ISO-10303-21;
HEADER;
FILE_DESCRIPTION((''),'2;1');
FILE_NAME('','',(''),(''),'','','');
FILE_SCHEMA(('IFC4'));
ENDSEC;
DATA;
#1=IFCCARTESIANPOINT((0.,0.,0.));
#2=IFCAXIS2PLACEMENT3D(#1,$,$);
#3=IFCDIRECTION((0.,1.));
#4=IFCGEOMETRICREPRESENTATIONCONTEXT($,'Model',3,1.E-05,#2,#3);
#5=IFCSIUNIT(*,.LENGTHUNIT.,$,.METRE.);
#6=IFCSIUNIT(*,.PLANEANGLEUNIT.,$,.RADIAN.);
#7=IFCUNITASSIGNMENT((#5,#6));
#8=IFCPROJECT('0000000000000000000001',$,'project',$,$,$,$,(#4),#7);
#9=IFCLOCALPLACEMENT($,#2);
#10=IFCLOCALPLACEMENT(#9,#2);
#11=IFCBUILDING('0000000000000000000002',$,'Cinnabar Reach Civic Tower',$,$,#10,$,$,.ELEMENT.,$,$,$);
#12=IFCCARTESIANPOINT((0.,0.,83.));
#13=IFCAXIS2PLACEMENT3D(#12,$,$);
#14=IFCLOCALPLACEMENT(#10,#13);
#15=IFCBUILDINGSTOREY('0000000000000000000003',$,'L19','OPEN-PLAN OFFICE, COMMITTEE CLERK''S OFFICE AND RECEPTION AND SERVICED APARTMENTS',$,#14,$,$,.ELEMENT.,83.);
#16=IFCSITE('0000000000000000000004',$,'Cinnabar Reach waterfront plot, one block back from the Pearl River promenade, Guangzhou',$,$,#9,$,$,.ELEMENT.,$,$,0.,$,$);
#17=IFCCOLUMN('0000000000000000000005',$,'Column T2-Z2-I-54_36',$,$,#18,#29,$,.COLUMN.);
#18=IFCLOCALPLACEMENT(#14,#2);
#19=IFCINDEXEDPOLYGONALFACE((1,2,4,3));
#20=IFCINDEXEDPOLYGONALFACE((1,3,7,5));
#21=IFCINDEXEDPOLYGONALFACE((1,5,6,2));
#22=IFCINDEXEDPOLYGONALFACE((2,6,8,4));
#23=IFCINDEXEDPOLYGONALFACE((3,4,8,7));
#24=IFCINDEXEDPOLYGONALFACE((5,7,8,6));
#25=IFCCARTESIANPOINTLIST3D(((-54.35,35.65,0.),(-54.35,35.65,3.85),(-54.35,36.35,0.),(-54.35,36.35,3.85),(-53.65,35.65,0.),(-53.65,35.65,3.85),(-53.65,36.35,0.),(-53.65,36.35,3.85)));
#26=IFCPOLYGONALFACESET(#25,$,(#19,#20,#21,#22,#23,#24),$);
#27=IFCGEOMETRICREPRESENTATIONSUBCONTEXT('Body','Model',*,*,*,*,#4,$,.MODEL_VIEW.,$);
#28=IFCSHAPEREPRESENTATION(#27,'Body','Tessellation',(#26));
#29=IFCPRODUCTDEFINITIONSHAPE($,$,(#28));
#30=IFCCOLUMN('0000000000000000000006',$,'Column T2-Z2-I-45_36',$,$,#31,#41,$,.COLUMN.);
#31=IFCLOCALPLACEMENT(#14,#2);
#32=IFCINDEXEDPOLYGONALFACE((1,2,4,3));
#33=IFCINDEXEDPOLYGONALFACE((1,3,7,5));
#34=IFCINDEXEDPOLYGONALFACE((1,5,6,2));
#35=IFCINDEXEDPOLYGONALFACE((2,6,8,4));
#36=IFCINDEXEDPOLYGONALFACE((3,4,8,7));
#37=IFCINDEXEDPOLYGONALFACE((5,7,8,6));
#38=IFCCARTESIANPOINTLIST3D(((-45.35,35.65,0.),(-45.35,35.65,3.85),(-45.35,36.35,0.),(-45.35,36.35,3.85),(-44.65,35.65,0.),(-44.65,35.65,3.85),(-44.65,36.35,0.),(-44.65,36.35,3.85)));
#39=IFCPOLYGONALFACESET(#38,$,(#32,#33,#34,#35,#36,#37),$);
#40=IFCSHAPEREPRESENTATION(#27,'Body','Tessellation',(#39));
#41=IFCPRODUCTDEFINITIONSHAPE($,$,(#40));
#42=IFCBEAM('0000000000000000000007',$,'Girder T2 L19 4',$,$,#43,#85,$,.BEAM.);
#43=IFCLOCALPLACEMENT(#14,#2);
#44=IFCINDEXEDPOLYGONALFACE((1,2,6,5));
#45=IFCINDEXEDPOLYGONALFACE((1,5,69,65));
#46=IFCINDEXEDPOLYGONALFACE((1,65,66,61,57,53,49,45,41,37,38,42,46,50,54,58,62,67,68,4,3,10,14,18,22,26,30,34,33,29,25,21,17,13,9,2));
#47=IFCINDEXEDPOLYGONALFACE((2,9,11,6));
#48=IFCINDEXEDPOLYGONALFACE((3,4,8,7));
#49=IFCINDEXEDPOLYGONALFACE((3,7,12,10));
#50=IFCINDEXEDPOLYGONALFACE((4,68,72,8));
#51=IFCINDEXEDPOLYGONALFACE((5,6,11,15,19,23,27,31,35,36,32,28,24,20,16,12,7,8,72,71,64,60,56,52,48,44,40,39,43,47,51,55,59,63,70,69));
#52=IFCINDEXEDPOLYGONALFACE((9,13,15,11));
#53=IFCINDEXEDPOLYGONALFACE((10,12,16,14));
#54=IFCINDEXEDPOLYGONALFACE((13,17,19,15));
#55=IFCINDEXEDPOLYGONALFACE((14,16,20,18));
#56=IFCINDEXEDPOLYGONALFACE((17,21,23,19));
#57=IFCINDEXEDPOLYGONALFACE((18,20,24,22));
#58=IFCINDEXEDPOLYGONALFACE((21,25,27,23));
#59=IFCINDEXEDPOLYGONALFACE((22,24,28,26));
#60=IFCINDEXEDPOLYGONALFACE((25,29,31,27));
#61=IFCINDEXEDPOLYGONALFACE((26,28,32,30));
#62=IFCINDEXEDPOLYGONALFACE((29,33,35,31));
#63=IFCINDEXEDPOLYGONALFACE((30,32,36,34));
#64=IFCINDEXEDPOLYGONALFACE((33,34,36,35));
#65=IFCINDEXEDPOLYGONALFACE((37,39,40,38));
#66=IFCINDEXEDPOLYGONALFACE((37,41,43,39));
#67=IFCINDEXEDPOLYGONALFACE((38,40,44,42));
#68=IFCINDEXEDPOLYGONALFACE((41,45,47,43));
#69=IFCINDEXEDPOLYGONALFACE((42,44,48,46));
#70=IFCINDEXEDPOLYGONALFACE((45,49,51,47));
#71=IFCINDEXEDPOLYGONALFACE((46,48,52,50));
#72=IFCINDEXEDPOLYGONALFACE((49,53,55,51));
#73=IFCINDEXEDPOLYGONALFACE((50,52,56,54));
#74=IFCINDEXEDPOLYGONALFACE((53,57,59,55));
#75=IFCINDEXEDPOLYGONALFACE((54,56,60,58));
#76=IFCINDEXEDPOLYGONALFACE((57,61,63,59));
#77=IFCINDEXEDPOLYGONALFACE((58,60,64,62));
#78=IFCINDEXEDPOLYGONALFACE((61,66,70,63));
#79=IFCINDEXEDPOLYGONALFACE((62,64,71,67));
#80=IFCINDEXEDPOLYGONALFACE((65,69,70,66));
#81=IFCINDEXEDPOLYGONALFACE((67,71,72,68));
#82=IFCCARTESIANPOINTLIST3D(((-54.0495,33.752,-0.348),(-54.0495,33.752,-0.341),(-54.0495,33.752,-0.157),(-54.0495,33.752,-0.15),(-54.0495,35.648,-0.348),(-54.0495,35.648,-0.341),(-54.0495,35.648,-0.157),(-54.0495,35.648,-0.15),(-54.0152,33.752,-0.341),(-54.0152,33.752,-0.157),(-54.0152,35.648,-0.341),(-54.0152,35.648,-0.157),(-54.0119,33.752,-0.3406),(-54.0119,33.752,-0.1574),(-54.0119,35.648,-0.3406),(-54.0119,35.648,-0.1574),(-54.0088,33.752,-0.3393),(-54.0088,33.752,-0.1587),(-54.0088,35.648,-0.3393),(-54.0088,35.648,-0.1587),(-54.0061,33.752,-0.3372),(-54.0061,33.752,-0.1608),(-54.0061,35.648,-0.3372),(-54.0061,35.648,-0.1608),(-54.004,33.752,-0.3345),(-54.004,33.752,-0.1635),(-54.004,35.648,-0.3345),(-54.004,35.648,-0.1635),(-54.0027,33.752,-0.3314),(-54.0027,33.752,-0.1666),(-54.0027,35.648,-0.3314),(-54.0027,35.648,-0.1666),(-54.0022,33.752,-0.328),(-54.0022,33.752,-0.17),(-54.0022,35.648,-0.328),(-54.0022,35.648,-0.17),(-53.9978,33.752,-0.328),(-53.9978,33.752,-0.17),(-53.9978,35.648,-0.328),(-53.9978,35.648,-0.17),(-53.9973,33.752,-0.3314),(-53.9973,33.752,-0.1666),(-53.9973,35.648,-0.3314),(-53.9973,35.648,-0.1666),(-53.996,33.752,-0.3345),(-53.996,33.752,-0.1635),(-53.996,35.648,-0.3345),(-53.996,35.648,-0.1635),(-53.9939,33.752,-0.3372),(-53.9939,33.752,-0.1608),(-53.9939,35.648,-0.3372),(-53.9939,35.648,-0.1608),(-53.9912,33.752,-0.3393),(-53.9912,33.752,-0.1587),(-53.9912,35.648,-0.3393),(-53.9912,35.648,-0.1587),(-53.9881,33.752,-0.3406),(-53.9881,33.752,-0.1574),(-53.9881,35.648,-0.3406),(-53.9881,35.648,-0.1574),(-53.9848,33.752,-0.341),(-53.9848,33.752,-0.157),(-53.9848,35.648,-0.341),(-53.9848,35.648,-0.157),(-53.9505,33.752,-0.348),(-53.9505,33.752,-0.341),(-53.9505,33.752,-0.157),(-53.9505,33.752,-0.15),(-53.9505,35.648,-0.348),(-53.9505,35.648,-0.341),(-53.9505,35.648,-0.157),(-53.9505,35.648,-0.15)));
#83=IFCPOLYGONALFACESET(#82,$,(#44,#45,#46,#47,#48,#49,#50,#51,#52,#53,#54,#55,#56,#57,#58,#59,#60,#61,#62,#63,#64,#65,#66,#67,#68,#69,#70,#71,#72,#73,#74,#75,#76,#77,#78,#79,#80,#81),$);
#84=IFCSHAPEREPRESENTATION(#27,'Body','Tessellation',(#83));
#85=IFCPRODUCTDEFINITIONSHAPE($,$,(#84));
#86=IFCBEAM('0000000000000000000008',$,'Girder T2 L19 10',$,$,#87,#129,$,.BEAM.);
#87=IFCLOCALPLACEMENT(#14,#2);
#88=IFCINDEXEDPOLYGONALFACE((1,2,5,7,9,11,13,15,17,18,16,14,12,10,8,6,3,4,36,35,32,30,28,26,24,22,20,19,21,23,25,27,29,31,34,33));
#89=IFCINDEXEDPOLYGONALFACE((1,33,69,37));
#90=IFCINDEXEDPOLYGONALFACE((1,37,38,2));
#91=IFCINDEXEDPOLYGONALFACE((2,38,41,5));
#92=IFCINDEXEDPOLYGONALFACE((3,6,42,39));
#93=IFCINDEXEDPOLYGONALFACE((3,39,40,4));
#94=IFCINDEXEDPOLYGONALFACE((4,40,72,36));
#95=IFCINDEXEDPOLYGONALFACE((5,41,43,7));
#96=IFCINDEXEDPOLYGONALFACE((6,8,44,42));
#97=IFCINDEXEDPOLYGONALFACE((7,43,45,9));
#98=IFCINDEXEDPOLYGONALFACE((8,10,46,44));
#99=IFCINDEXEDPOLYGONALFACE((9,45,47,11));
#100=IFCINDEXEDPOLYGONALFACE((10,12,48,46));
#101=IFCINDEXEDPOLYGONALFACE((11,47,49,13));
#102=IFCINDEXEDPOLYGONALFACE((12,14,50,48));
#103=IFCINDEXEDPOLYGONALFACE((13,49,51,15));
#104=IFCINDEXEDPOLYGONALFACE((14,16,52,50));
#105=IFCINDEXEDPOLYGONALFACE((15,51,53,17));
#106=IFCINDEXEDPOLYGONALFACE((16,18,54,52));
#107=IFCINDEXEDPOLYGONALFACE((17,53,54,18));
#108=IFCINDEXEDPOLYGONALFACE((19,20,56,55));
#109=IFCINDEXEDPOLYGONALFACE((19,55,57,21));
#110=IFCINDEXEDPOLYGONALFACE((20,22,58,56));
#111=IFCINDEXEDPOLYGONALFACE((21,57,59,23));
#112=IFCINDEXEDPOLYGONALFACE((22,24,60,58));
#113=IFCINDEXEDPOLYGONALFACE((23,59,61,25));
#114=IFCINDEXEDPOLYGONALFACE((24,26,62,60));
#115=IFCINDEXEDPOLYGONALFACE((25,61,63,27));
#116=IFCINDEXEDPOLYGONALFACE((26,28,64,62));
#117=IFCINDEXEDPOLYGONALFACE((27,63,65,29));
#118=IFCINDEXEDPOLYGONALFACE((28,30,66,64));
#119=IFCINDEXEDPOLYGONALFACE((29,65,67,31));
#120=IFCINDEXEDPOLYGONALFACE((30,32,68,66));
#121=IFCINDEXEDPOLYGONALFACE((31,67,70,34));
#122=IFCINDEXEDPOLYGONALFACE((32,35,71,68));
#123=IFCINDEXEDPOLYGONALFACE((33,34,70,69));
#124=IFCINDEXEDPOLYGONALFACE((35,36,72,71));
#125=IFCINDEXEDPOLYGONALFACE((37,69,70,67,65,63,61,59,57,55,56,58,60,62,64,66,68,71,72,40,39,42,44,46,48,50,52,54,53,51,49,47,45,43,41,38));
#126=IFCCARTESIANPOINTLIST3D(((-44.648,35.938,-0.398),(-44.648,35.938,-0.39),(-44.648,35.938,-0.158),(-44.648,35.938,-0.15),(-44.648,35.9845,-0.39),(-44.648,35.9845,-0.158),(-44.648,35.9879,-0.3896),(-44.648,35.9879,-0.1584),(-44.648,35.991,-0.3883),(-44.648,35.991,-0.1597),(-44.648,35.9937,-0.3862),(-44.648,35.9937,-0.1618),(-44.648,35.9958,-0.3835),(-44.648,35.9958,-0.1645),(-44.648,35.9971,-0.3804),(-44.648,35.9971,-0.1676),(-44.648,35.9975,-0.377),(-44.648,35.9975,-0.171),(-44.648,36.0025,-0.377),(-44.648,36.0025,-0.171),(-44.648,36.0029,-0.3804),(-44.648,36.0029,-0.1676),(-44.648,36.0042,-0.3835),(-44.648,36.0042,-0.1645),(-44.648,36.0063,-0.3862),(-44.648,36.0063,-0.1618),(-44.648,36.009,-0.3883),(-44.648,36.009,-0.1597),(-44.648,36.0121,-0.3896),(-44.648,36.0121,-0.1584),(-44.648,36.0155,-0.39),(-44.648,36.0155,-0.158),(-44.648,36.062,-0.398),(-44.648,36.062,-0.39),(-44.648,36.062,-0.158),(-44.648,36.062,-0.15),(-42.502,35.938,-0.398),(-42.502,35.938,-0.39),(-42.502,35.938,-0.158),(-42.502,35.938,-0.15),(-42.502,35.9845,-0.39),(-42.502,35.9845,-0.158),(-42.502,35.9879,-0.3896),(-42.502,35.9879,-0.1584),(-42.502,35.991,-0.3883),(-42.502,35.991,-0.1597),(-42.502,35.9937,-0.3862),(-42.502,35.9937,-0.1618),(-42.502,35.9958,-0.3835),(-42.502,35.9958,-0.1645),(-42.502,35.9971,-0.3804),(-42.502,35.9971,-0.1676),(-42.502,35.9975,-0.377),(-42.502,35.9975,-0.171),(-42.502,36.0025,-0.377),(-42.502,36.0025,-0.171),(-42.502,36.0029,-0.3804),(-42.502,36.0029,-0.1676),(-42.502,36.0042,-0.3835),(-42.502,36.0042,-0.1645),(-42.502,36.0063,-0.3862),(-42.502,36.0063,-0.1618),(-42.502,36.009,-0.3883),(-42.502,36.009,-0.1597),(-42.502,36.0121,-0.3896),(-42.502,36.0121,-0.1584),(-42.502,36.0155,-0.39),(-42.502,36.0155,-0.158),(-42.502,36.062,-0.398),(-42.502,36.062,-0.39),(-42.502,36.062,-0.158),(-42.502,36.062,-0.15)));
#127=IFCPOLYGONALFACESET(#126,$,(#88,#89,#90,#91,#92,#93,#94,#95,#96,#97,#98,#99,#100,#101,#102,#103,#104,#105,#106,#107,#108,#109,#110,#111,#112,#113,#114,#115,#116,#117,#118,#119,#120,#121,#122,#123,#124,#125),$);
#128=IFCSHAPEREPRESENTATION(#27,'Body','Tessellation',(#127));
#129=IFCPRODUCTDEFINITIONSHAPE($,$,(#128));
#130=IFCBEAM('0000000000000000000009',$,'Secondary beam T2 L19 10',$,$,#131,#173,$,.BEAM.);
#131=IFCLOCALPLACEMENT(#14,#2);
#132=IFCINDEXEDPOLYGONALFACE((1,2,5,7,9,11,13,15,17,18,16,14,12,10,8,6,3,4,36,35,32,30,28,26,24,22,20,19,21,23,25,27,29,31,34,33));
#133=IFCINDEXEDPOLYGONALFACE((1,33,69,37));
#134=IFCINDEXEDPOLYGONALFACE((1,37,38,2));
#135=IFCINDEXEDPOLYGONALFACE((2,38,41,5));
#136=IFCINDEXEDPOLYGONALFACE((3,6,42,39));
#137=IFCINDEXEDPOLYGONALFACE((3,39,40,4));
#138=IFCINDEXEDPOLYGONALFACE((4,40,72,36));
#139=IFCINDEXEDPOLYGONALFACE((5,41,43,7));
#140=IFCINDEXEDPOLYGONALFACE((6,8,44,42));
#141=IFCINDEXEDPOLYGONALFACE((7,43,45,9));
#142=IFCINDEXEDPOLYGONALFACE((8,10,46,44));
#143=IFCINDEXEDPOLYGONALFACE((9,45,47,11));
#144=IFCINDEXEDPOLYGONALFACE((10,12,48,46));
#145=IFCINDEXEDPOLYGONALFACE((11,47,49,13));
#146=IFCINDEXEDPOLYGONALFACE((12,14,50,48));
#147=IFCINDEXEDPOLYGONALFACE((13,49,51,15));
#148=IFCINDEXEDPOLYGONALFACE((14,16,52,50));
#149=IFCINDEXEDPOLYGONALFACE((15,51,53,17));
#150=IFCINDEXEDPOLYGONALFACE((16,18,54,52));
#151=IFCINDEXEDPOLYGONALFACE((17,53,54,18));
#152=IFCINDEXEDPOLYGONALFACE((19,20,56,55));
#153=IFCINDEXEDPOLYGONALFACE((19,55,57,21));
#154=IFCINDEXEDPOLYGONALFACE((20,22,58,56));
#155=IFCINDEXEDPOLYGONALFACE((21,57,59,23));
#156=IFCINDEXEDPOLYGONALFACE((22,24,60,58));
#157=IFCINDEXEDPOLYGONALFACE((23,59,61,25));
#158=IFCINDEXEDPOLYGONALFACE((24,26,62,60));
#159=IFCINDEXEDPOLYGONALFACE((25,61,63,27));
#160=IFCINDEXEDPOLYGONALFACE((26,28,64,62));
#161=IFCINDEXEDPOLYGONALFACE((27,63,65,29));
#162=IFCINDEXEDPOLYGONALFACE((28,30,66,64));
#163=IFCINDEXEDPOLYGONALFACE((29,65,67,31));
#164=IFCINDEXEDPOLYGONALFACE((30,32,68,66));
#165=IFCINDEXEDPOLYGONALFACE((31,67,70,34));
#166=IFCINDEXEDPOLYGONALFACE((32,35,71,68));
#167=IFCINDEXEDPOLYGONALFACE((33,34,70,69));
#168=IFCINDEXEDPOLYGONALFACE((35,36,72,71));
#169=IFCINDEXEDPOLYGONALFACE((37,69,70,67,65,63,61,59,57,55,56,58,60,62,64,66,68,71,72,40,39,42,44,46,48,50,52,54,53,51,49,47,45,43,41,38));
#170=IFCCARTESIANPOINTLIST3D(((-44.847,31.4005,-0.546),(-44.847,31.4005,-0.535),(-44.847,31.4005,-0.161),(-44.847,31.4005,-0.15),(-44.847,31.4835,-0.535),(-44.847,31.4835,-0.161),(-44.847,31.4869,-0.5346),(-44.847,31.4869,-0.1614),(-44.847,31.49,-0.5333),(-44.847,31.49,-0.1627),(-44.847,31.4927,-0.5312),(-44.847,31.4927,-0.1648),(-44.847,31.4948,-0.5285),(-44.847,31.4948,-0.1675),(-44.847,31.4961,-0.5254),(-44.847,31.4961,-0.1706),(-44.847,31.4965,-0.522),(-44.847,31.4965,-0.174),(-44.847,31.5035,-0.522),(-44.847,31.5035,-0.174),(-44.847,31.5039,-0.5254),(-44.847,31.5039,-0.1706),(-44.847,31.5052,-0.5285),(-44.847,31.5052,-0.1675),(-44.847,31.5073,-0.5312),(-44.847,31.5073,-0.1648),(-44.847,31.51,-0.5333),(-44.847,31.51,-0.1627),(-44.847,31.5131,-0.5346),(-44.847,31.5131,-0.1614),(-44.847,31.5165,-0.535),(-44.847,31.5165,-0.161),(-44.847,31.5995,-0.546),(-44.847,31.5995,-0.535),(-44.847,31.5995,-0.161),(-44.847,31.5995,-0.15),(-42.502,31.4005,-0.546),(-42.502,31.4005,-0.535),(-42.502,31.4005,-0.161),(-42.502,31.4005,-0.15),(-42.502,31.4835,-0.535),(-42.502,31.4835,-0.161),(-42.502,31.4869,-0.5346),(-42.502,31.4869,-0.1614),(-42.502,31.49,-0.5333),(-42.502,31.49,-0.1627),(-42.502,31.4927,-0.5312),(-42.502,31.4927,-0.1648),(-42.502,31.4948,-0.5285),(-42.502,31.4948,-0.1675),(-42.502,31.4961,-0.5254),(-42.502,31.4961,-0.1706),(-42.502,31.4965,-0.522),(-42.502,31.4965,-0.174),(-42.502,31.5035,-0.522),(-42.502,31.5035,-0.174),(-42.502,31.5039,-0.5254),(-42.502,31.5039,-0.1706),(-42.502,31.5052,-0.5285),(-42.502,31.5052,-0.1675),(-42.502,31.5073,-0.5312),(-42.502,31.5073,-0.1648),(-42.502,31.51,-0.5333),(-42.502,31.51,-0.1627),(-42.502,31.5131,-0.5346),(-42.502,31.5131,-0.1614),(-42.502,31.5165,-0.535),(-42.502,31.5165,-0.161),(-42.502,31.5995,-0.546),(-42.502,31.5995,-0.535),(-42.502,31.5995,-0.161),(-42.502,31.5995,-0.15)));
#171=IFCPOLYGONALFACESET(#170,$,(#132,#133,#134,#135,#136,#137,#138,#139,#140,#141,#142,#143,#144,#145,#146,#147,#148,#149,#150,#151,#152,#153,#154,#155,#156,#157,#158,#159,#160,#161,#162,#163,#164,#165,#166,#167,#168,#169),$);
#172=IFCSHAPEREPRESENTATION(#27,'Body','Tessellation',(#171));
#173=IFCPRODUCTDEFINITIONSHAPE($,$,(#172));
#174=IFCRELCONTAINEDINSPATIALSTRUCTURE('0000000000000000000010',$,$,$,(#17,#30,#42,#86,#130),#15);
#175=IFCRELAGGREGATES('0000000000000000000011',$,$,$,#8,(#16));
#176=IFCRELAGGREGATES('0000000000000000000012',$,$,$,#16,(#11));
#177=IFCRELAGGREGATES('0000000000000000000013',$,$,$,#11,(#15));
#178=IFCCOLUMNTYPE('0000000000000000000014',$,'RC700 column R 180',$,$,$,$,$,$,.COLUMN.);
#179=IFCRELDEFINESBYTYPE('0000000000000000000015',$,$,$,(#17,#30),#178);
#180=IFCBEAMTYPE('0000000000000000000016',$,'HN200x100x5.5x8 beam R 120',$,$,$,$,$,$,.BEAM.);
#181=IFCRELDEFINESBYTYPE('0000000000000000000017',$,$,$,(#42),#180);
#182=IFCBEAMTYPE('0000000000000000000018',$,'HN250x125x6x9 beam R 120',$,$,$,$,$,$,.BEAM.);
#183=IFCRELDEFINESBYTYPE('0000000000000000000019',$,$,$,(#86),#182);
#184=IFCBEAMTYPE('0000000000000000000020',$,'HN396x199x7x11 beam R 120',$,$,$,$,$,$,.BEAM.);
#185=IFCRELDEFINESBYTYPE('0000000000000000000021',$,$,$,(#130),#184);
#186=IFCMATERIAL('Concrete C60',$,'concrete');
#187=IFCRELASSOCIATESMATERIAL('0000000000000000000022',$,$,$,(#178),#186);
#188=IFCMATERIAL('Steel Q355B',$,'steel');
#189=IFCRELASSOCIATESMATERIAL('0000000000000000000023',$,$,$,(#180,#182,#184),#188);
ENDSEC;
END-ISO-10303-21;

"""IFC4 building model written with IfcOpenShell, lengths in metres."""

from ifc_helpers import new_model, si_unit, direction, frame, origin, origin_2d, place, context, subcontext, project, spatial, rectangle, i_section, extrude, material, material_profile, profile_set, type_object, element, save


model = new_model("IFC4")

# Units and contexts
model_context = context("Model", 3, precision=1e-05, world=origin(), true_north=direction((0.0, 1.0)))
body_context = subcontext(model_context, "Body", "Model", "MODEL_VIEW")
ifc_project = project(units=[si_unit("LENGTHUNIT", "METRE"), si_unit("PLANEANGLEUNIT", "RADIAN")], contexts=[model_context])

# Site, building, storey
site_placement = place(None, origin())
site = spatial("IfcSite", under=ifc_project, at=site_placement, Name="Cinnabar Reach waterfront plot, one block back from the Pearl River promenade, Guangzhou", CompositionType="ELEMENT", RefElevation=0.0)
building_placement = place(site_placement, origin())
building = spatial("IfcBuilding", under=site, at=building_placement, Name="Cinnabar Reach Civic Tower", CompositionType="ELEMENT")
storey_placement = place(building_placement, frame((0.0, 0.0, 83.0)))
storey = spatial("IfcBuildingStorey", under=building, at=storey_placement, Name="L19", Description="OPEN-PLAN OFFICE, COMMITTEE CLERK'S OFFICE AND RECEPTION AND SERVICED APARTMENTS", CompositionType="ELEMENT", Elevation=83.0)

# Columns
ifc_material_1 = material(Name="Concrete C60", Category="concrete")
ifc_material_profile_1 = material_profile(ifc_material_1, rectangle(XDim=0.7, YDim=0.7, at=origin_2d()), Name="RC700")
ifc_profile_set_1 = profile_set([ifc_material_profile_1], Name="Concrete C60")
column_type = type_object("IfcColumnType", Name="RC700 column R 180", PredefinedType="COLUMN", material=ifc_profile_set_1)
for number, where, z_axis, x_axis, name in (
    (1, (-54.0, 36.0, 0.0), (0.0, 0.0, 1.0), (1.0, 0.0, 0.0), "Column T2-Z2-I-54_36"),
    (2, (-45.0, 36.0, 0.0), (0.0, 0.0, 1.0), (1.0, 0.0, 0.0), "Column T2-Z2-I-45_36"),
):
    element("IfcColumn", number, at=place(storey_placement, frame(where, z_axis=z_axis, x_axis=x_axis)), inside=storey, type_object=column_type, Name=name, PredefinedType="COLUMN", context=body_context, shape_type="SweptSolid", body=[
        extrude(rectangle(XDim=0.7, YDim=0.7, at=origin_2d()), origin(), (0.0, 0.0, 1.0), 3.85),
    ])

# Beams
ifc_material_2 = material(Name="Steel Q355B", Category="steel")
ifc_material_profile_2 = material_profile(ifc_material_2, i_section(OverallWidth=0.099, OverallDepth=0.198, WebThickness=0.0045, FlangeThickness=0.007, FilletRadius=0.013, at=origin_2d()), Name="HN200x100x5.5x8")
ifc_profile_set_2 = profile_set([ifc_material_profile_2], Name="Steel Q355B")
beam_type_1 = type_object("IfcBeamType", Name="HN200x100x5.5x8 beam R 120", PredefinedType="BEAM", material=ifc_profile_set_2)
beam_1_placement = place(storey_placement, frame((-54.0, 33.752, -0.249), z_axis=(0.0, 1.0, 0.0), x_axis=(-1.0, 0.0, 0.0)))
element("IfcBeam", 3, at=beam_1_placement, inside=storey, type_object=beam_type_1, Name="Girder T2 L19 4", PredefinedType="BEAM", context=body_context, shape_type="SweptSolid", body=[
    extrude(i_section(OverallWidth=0.099, OverallDepth=0.198, WebThickness=0.0045, FlangeThickness=0.007, FilletRadius=0.013, at=origin_2d()), origin(), (0.0, 0.0, 1.0), 1.896),
])
ifc_material_profile_3 = material_profile(ifc_material_2, i_section(OverallWidth=0.124, OverallDepth=0.248, WebThickness=0.005, FlangeThickness=0.008, FilletRadius=0.013, at=origin_2d()), Name="HN250x125x6x9")
ifc_profile_set_3 = profile_set([ifc_material_profile_3], Name="Steel Q355B")
beam_type_2 = type_object("IfcBeamType", Name="HN250x125x6x9 beam R 120", PredefinedType="BEAM", material=ifc_profile_set_3)
beam_2_placement = place(storey_placement, frame((-44.648, 36.0, -0.274), z_axis=(1.0, 0.0, 0.0), x_axis=(0.0, 1.0, 0.0)))
element("IfcBeam", 4, at=beam_2_placement, inside=storey, type_object=beam_type_2, Name="Girder T2 L19 10", PredefinedType="BEAM", context=body_context, shape_type="SweptSolid", body=[
    extrude(i_section(OverallWidth=0.124, OverallDepth=0.248, WebThickness=0.005, FlangeThickness=0.008, FilletRadius=0.013, at=origin_2d()), origin(), (0.0, 0.0, 1.0), 2.146),
])
ifc_material_profile_4 = material_profile(ifc_material_2, i_section(OverallWidth=0.199, OverallDepth=0.396, WebThickness=0.007, FlangeThickness=0.011, FilletRadius=0.013, at=origin_2d()), Name="HN396x199x7x11")
ifc_profile_set_4 = profile_set([ifc_material_profile_4], Name="Steel Q355B")
beam_type_3 = type_object("IfcBeamType", Name="HN396x199x7x11 beam R 120", PredefinedType="BEAM", material=ifc_profile_set_4)
beam_3_placement = place(storey_placement, frame((-44.847, 31.5, -0.348), z_axis=(1.0, 0.0, 0.0), x_axis=(0.0, 1.0, 0.0)))
element("IfcBeam", 5, at=beam_3_placement, inside=storey, type_object=beam_type_3, Name="Secondary beam T2 L19 10", PredefinedType="BEAM", context=body_context, shape_type="SweptSolid", body=[
    extrude(i_section(OverallWidth=0.199, OverallDepth=0.396, WebThickness=0.007, FlangeThickness=0.011, FilletRadius=0.013, at=origin_2d()), origin(), (0.0, 0.0, 1.0), 2.345),
])

save(model, "model.ifc")
